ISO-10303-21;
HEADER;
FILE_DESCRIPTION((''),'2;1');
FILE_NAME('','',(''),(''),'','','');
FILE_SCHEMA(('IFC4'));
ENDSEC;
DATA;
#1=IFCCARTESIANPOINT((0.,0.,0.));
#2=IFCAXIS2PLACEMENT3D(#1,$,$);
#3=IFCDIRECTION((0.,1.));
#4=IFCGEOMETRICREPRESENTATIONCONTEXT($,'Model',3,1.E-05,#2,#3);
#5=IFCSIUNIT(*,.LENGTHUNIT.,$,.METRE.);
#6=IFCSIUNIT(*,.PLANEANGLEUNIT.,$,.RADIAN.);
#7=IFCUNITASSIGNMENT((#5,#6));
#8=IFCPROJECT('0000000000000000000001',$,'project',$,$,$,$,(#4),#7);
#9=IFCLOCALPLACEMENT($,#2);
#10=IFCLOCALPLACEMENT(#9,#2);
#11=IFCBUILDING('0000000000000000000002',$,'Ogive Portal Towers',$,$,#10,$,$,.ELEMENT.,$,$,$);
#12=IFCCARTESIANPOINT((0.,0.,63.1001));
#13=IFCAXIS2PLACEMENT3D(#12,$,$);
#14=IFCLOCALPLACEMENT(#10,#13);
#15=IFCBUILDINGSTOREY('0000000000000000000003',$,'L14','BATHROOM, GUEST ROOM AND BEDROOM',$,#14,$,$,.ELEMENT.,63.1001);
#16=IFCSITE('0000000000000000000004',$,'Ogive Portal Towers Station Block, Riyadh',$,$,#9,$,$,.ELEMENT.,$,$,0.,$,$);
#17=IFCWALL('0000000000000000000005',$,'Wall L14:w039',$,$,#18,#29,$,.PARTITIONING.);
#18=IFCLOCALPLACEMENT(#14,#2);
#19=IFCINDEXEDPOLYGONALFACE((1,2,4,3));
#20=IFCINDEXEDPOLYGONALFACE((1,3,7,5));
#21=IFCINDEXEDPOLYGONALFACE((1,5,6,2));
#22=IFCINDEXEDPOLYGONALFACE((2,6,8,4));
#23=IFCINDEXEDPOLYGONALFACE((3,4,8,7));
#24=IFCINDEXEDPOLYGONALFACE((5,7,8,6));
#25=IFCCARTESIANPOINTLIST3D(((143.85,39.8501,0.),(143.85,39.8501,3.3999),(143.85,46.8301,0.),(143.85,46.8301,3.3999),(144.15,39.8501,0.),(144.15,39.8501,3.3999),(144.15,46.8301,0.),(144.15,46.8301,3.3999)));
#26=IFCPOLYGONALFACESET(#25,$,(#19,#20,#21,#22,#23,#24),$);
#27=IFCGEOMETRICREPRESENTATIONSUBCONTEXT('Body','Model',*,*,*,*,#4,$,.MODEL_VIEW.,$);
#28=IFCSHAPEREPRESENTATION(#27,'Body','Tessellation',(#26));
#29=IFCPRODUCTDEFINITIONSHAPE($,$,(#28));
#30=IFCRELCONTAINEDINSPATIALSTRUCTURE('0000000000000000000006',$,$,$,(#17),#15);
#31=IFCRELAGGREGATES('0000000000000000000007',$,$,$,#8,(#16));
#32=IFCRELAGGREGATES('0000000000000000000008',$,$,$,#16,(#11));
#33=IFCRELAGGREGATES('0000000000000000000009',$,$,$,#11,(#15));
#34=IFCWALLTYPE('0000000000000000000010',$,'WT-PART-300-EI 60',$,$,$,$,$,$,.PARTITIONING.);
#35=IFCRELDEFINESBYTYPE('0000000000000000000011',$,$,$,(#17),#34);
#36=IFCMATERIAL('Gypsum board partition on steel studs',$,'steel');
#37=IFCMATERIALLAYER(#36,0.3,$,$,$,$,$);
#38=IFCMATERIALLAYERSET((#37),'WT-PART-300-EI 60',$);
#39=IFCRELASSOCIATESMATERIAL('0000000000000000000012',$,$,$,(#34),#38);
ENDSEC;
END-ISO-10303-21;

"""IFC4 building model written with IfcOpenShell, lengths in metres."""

from ifc_helpers import new_model, si_unit, direction, frame, frame_2d, origin, place, context, subcontext, project, spatial, rectangle, extrude, material, layer, layer_set, type_object, element, save


model = new_model("IFC4")

# Units and contexts
model_context = context("Model", 3, precision=1e-05, world=origin(), true_north=direction((0.0, 1.0)))
body_context = subcontext(model_context, "Body", "Model", "MODEL_VIEW")
ifc_project = project(units=[si_unit("LENGTHUNIT", "METRE"), si_unit("PLANEANGLEUNIT", "RADIAN")], contexts=[model_context])

# Site, building, storey
site_placement = place(None, origin())
site = spatial("IfcSite", under=ifc_project, at=site_placement, Name="Ogive Portal Towers Station Block, Riyadh", CompositionType="ELEMENT", RefElevation=0.0)
building_placement = place(site_placement, origin())
building = spatial("IfcBuilding", under=site, at=building_placement, Name="Ogive Portal Towers", CompositionType="ELEMENT")
storey_placement = place(building_placement, frame((0.0, 0.0, 63.1001)))
storey = spatial("IfcBuildingStorey", under=building, at=storey_placement, Name="L14", Description="BATHROOM, GUEST ROOM AND BEDROOM", CompositionType="ELEMENT", Elevation=63.1001)

# Shared definitions
ifc_material_1 = material(Name="Gypsum board partition on steel studs", Category="steel")

# Wall
ifc_layer_1 = layer(ifc_material_1, 0.3)
ifc_layer_set_1 = layer_set([ifc_layer_1], Name="WT-PART-300-EI 60")
wall_type_1 = type_object("IfcWallType", Name="WT-PART-300-EI 60", PredefinedType="PARTITIONING", material=ifc_layer_set_1)
wall_1_placement = place(storey_placement, frame((144.0, 39.8501, 0.0), z_axis=(0.0, 0.0, 1.0), x_axis=(0.0, 1.0, 0.0)))
element("IfcWall", 1, at=wall_1_placement, inside=storey, type_object=wall_type_1, Name="Wall L14:w039", PredefinedType="PARTITIONING", context=body_context, shape_type="SweptSolid", body=[
    extrude(rectangle(XDim=6.98, YDim=0.3, at=frame_2d((3.49, 0.0))), origin(), (0.0, 0.0, 1.0), 3.3999),
])

save(model, "model.ifc")
